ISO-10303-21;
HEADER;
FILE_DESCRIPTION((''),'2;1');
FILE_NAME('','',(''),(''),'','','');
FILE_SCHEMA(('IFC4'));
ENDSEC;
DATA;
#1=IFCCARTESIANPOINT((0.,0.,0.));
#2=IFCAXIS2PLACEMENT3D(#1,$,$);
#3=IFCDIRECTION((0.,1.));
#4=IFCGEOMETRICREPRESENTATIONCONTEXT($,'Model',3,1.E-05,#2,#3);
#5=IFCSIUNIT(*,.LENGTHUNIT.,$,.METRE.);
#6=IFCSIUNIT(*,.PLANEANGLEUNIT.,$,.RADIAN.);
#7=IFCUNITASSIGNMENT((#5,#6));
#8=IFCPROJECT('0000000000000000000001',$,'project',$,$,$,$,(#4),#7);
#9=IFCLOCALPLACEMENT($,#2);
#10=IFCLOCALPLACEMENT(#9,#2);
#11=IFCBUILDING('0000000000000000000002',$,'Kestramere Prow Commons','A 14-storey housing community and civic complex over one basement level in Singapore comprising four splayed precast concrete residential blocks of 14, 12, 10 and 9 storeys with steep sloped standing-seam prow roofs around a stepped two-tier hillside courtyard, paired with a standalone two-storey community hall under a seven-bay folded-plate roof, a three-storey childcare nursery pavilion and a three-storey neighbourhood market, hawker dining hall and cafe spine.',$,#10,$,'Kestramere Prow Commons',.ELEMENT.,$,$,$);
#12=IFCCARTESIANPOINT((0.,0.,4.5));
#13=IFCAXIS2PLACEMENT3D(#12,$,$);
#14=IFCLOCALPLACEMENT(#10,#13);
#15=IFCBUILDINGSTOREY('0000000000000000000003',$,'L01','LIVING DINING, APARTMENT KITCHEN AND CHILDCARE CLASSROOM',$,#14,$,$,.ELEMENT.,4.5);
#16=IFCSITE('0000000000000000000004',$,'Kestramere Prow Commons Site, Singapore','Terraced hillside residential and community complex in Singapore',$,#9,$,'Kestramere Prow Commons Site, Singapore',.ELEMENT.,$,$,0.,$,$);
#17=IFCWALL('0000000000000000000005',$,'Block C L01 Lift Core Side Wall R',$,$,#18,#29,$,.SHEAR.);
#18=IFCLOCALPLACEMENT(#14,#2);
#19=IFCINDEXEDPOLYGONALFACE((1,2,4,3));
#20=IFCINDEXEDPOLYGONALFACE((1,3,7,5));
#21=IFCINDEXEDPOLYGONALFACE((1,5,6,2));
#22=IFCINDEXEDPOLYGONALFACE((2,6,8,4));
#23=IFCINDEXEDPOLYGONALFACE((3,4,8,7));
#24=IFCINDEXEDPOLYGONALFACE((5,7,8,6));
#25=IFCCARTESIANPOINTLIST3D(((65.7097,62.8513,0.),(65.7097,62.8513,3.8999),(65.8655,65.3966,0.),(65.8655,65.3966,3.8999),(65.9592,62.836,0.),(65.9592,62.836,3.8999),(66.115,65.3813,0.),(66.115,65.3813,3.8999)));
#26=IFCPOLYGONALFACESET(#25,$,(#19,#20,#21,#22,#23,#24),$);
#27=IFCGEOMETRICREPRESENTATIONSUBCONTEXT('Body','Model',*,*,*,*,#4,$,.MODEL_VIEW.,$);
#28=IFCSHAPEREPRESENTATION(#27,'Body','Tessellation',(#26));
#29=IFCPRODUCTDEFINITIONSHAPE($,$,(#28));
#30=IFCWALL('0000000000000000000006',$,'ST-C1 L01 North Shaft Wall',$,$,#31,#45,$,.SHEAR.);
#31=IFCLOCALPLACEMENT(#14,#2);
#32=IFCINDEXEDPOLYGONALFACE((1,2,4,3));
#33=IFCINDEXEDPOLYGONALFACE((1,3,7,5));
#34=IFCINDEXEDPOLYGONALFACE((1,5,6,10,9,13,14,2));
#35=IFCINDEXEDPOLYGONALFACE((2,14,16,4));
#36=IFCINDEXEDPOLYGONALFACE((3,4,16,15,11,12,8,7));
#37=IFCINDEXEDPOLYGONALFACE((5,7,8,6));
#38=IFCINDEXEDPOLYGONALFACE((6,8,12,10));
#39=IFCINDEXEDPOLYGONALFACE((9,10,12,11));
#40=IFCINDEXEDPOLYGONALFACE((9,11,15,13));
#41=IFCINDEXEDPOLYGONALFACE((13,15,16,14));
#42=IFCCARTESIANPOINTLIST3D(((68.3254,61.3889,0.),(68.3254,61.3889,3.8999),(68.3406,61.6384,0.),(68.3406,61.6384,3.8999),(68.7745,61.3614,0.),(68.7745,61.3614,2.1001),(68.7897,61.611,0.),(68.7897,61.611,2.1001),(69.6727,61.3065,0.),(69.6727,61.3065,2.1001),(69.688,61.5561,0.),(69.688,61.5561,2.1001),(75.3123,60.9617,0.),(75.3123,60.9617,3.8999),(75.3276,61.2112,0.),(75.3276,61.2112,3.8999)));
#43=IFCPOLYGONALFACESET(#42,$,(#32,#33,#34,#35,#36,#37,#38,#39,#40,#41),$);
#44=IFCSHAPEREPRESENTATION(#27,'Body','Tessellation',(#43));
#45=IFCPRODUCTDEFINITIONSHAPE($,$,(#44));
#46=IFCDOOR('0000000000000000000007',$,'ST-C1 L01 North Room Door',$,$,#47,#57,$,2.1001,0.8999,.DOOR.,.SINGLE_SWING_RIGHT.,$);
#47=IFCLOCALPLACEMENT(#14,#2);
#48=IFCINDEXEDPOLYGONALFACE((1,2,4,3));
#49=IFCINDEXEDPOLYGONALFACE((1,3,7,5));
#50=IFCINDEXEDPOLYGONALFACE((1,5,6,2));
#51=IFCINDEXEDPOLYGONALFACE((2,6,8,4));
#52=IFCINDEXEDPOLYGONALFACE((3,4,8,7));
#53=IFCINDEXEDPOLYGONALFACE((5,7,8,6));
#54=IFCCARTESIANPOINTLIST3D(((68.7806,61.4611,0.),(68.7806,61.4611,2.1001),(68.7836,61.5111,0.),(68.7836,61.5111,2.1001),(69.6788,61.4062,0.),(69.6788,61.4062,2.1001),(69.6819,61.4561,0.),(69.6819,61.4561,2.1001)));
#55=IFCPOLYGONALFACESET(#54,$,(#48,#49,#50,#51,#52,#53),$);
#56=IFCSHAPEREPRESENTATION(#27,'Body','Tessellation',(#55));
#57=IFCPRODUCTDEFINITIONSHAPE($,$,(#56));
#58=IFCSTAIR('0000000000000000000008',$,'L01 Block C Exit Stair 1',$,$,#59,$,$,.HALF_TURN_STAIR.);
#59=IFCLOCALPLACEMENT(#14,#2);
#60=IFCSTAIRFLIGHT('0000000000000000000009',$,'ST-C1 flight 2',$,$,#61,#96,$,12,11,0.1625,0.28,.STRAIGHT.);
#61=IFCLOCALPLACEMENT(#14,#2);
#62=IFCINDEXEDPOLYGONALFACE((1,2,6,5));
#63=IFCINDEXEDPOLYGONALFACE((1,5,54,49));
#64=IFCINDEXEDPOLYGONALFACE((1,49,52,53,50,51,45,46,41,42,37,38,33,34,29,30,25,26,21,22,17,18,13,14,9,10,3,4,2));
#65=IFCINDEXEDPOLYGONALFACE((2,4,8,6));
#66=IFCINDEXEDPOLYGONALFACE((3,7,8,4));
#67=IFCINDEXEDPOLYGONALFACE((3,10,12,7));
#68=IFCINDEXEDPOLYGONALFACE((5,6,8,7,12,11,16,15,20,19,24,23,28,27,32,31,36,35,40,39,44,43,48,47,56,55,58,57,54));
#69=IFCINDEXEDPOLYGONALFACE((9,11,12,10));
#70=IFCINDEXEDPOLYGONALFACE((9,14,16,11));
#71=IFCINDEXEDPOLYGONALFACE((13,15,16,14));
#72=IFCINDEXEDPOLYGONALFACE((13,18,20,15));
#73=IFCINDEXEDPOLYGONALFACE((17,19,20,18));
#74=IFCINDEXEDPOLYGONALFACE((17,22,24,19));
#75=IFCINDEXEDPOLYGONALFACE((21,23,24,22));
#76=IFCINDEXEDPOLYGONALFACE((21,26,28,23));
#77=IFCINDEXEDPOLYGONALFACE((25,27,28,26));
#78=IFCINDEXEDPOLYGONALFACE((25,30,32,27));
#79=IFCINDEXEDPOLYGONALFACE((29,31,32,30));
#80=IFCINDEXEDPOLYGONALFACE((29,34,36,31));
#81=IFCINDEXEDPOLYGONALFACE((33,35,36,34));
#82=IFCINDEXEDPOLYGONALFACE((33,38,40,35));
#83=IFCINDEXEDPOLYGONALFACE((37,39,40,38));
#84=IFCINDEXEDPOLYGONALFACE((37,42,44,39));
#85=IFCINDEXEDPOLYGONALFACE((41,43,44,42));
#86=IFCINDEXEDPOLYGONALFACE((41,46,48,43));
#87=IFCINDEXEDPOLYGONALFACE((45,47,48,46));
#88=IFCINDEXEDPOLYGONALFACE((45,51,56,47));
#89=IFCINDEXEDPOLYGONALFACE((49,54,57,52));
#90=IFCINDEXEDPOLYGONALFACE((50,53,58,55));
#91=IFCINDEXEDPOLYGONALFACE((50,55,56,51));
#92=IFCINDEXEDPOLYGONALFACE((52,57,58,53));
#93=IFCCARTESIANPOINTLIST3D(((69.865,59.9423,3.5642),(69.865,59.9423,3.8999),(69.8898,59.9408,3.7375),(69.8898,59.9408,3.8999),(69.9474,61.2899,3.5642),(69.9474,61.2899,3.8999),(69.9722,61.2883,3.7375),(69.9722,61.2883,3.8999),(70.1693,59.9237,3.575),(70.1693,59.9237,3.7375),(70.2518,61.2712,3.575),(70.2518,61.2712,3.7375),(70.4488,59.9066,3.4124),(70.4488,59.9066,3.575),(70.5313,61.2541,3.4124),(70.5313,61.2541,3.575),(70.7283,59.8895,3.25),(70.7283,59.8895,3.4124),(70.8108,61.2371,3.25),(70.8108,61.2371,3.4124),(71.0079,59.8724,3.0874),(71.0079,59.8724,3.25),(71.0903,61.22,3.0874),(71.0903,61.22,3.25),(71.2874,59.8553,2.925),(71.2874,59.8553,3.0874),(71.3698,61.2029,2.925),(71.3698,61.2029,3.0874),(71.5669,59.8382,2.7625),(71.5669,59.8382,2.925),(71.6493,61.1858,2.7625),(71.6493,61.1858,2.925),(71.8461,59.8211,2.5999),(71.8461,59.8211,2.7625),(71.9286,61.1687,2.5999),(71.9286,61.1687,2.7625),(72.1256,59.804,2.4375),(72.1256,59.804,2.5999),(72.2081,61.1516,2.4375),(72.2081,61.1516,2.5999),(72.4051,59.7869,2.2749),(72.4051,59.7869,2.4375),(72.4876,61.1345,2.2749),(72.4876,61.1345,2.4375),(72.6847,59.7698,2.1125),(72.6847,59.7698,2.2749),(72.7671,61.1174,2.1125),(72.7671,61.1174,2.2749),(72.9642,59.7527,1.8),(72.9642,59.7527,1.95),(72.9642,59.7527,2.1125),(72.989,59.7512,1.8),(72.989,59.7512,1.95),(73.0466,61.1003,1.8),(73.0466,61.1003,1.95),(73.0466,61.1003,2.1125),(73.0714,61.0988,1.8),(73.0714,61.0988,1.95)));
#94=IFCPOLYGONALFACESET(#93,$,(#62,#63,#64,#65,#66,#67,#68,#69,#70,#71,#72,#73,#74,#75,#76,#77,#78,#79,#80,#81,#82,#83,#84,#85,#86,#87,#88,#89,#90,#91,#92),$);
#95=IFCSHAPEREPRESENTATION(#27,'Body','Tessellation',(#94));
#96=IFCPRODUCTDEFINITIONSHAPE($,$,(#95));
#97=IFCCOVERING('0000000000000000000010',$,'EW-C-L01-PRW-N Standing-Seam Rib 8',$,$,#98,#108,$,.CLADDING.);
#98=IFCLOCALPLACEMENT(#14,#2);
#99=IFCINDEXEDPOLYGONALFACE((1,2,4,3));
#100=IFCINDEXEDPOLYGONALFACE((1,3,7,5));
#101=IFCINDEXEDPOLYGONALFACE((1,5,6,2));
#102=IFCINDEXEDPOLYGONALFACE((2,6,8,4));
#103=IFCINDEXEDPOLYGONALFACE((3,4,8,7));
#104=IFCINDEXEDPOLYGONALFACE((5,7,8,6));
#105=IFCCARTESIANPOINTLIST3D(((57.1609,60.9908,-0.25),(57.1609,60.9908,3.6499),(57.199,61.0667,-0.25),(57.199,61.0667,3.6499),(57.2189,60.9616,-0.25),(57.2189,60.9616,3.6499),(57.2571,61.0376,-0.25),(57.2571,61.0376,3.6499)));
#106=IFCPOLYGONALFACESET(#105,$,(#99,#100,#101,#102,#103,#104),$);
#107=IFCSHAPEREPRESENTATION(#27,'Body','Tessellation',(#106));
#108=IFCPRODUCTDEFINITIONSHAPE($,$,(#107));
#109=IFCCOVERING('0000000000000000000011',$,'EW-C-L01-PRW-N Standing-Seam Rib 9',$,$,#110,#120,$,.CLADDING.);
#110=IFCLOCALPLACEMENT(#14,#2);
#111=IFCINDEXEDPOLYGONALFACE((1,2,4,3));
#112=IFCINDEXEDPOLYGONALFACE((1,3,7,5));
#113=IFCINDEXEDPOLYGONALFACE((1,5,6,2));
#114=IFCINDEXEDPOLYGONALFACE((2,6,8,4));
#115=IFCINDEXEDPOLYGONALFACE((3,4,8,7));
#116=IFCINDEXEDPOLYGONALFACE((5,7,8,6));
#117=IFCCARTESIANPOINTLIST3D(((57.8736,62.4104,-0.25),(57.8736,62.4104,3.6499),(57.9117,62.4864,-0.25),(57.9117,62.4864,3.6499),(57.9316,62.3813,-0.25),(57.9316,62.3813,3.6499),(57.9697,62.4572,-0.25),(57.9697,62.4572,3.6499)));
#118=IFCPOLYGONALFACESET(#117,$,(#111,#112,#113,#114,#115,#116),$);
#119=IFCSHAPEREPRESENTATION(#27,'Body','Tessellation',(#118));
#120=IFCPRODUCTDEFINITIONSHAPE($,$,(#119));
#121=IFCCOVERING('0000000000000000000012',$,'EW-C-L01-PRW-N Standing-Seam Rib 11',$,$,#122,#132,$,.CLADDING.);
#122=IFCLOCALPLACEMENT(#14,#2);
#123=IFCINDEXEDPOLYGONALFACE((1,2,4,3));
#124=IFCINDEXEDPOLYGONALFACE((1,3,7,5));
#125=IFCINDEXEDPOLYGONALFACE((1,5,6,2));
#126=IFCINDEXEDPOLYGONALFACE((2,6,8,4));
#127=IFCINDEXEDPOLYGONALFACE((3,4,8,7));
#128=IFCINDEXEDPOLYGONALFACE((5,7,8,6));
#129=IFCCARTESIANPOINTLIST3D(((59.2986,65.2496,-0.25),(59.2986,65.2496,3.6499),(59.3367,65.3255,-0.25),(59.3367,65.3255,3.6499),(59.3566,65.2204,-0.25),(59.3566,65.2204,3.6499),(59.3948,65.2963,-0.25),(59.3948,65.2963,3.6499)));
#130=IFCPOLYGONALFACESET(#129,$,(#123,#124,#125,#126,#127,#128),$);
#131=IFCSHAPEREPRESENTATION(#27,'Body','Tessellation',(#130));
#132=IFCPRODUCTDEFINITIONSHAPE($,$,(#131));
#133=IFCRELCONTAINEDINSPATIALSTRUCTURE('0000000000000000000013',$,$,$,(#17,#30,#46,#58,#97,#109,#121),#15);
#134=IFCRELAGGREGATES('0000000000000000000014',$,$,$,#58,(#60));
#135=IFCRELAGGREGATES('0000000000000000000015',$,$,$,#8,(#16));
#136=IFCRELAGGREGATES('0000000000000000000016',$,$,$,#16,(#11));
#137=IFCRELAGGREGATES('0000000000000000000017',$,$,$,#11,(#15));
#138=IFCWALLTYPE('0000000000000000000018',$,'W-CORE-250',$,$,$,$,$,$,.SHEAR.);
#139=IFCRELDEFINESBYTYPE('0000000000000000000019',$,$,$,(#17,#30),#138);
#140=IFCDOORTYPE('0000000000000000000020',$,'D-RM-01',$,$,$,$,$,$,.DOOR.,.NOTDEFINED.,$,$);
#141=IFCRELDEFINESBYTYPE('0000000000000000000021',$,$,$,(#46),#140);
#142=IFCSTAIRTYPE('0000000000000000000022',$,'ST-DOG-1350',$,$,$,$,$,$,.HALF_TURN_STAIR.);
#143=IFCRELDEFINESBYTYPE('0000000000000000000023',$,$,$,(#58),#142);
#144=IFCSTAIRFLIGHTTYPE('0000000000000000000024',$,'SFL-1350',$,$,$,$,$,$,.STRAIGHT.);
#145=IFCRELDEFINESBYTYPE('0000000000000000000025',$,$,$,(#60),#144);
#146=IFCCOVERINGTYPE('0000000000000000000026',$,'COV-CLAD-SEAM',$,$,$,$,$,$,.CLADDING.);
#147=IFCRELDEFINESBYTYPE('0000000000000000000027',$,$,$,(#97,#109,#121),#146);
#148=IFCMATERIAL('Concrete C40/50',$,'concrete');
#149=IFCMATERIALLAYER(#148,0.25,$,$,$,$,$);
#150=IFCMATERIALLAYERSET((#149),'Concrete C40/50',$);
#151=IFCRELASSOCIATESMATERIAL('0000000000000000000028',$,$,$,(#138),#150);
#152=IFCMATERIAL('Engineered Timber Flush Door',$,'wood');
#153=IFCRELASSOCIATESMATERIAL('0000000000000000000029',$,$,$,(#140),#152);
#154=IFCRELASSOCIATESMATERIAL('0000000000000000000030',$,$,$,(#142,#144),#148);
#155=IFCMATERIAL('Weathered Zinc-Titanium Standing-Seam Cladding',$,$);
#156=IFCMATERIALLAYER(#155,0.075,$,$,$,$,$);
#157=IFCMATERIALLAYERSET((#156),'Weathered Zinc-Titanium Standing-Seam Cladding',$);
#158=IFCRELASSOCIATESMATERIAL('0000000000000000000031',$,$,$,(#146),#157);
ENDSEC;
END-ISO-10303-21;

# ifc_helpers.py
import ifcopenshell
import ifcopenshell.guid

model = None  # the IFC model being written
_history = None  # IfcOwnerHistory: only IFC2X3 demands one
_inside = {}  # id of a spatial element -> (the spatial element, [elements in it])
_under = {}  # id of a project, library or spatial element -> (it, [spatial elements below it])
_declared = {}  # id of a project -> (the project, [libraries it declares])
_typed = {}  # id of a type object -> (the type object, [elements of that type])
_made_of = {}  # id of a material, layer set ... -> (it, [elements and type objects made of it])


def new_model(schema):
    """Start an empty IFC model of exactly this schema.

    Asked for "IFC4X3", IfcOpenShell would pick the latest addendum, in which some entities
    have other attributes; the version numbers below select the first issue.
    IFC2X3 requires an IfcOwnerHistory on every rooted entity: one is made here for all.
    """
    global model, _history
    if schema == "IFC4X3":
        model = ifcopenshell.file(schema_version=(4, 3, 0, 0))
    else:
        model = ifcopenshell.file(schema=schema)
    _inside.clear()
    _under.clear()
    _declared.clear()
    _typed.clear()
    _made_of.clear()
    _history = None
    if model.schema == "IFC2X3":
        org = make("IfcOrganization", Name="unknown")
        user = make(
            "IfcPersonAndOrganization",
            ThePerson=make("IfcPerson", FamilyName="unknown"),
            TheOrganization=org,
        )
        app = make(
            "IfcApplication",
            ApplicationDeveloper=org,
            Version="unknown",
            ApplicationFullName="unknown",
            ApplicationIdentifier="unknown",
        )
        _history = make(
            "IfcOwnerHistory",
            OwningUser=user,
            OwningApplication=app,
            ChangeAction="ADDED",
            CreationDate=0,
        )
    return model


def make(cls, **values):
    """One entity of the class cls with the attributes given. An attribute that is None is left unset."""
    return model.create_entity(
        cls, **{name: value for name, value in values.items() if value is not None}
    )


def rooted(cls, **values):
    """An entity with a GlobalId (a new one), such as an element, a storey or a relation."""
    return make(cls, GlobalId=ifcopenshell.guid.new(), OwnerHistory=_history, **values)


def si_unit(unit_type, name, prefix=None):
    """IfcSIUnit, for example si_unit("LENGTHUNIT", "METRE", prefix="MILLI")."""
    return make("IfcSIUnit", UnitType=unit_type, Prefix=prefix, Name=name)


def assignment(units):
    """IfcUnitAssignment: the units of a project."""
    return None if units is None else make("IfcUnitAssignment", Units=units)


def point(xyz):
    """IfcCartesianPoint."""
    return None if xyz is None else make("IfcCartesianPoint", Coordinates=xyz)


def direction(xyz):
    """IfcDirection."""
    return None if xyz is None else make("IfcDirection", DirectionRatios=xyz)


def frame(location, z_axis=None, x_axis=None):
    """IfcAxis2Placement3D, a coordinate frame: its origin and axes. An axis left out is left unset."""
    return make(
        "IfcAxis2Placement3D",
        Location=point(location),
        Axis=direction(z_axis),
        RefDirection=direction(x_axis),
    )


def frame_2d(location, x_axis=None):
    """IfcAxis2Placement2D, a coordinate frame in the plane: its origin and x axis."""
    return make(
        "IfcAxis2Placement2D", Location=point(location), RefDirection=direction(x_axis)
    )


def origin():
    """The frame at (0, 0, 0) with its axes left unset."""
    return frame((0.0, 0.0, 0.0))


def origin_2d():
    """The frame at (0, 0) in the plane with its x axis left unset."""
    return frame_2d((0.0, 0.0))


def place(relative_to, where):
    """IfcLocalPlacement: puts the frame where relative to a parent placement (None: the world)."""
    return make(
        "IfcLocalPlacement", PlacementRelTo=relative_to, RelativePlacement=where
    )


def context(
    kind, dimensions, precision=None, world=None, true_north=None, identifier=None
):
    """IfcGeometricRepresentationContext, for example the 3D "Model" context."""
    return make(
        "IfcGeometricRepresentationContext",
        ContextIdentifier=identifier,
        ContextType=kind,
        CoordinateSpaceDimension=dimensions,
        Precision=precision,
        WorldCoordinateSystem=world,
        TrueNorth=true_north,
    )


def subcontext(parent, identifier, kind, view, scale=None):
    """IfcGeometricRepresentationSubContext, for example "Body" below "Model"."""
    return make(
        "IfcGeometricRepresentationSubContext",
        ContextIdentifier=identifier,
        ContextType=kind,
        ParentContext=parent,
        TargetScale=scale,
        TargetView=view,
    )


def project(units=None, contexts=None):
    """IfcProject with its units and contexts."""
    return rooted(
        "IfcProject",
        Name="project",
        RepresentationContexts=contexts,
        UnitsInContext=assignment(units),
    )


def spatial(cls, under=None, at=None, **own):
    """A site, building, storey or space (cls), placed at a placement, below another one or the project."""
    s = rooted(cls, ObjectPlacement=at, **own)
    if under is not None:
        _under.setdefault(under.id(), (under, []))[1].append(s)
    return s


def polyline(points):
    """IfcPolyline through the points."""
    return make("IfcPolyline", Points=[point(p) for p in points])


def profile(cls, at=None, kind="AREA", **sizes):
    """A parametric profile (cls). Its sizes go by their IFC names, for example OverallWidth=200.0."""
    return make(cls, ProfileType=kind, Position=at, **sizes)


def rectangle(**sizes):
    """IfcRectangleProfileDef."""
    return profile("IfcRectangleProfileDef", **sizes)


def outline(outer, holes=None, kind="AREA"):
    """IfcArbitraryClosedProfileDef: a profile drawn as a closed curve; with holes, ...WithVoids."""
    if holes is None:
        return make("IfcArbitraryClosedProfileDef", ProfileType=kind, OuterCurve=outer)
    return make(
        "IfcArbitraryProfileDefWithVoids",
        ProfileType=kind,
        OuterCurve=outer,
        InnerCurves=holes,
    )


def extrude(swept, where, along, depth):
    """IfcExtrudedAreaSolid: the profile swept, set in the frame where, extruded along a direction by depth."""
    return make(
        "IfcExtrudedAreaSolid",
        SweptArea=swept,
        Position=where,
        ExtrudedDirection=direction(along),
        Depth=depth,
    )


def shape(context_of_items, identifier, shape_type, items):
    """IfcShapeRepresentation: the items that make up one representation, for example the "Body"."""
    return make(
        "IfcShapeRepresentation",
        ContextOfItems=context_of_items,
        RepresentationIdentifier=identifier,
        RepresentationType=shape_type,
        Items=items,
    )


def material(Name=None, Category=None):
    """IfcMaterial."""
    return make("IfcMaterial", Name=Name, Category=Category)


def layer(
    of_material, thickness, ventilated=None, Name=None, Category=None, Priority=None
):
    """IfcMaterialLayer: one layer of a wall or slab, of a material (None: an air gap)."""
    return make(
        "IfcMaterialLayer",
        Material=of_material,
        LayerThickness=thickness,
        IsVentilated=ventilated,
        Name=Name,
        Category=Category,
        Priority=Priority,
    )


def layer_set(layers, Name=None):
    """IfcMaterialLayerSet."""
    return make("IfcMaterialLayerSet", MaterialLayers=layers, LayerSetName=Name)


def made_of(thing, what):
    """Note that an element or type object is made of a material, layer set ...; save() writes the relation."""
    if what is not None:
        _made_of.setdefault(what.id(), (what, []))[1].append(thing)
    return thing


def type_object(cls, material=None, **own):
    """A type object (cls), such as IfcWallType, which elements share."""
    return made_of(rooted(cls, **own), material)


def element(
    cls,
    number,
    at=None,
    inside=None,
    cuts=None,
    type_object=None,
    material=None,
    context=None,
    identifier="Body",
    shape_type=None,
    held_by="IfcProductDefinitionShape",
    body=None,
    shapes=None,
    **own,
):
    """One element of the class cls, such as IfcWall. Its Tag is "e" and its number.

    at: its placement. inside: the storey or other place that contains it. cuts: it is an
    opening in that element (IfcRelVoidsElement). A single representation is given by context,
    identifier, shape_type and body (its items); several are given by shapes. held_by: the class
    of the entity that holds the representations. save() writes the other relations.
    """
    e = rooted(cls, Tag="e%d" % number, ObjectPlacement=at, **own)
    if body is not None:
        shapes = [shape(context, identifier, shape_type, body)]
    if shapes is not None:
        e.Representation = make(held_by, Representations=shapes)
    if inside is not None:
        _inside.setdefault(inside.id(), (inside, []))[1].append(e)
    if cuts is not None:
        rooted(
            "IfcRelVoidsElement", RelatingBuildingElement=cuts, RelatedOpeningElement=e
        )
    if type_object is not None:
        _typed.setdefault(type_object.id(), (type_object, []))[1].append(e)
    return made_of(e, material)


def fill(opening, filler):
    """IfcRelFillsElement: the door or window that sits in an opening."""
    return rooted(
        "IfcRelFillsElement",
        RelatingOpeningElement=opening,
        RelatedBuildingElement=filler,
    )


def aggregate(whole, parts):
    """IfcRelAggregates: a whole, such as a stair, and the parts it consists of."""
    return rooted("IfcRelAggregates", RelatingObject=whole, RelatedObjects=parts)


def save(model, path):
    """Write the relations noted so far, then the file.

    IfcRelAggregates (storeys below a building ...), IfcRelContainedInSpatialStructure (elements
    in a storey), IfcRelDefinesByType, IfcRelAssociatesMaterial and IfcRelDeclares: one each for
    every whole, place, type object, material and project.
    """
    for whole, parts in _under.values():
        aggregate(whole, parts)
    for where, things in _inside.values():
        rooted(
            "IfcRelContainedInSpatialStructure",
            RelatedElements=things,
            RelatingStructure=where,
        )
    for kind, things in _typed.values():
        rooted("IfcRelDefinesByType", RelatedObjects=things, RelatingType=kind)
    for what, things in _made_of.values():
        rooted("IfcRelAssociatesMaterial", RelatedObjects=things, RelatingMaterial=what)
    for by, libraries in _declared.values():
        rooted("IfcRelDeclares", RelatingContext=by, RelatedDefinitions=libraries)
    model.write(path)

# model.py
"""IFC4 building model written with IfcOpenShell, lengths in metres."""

from ifc_helpers import new_model, si_unit, direction, frame, frame_2d, origin, origin_2d, place, context, subcontext, project, spatial, polyline, rectangle, outline, extrude, material, layer, layer_set, type_object, element, fill, aggregate, save


model = new_model("IFC4")

# Units and contexts
model_context = context("Model", 3, precision=1e-05, world=origin(), true_north=direction((0.0, 1.0)))
body_context = subcontext(model_context, "Body", "Model", "MODEL_VIEW")
ifc_project = project(units=[si_unit("LENGTHUNIT", "METRE"), si_unit("PLANEANGLEUNIT", "RADIAN")], contexts=[model_context])

# Site, building, storey
site_placement = place(None, origin())
site = spatial("IfcSite", under=ifc_project, at=site_placement, Name="Kestramere Prow Commons Site, Singapore", Description="Terraced hillside residential and community complex in Singapore", LongName="Kestramere Prow Commons Site, Singapore", CompositionType="ELEMENT", RefElevation=0.0)
building_placement = place(site_placement, origin())
building = spatial("IfcBuilding", under=site, at=building_placement, Name="Kestramere Prow Commons", Description="A 14-storey housing community and civic complex over one basement level in Singapore comprising four splayed precast concrete residential blocks of 14, 12, 10 and 9 storeys with steep sloped standing-seam prow roofs around a stepped two-tier hillside courtyard, paired with a standalone two-storey community hall under a seven-bay folded-plate roof, a three-storey childcare nursery pavilion and a three-storey neighbourhood market, hawker dining hall and cafe spine.", LongName="Kestramere Prow Commons", CompositionType="ELEMENT")
storey_placement = place(building_placement, frame((0.0, 0.0, 4.5)))
storey = spatial("IfcBuildingStorey", under=building, at=storey_placement, Name="L01", Description="LIVING DINING, APARTMENT KITCHEN AND CHILDCARE CLASSROOM", CompositionType="ELEMENT", Elevation=4.5)

# Shared definitions
ifc_material_1 = material(Name="Concrete C40/50", Category="concrete")
ifc_layer_1 = layer(ifc_material_1, 0.25)
ifc_layer_set_1 = layer_set([ifc_layer_1], Name="Concrete C40/50")
wall_type_1 = type_object("IfcWallType", Name="W-CORE-250", PredefinedType="SHEAR", material=ifc_layer_set_1)

# Wall
wall_1_placement = place(storey_placement, frame((65.8345, 62.8438, 0.0), z_axis=(0.0, 0.0, 1.0), x_axis=(0.061085, 0.998133, 0.0)))
element("IfcWall", 1, at=wall_1_placement, inside=storey, type_object=wall_type_1, Name="Block C L01 Lift Core Side Wall R", PredefinedType="SHEAR", context=body_context, shape_type="SweptSolid", body=[
    extrude(rectangle(XDim=2.55, YDim=0.25, at=frame_2d((1.2749, 0.0))), origin(), (0.0, 0.0, 1.0), 3.8999),
])

# Wall, opening, door
wall_2_placement = place(storey_placement, frame((68.333, 61.5137, 0.0), z_axis=(0.0, 0.0, 1.0), x_axis=(0.998136, -0.061034, 0.0)))
wall_2 = element("IfcWall", 2, at=wall_2_placement, inside=storey, type_object=wall_type_1, Name="ST-C1 L01 North Shaft Wall", PredefinedType="SHEAR", context=body_context, shape_type="SweptSolid", body=[
    extrude(rectangle(XDim=7.0, YDim=0.25, at=frame_2d((3.5, 0.0))), origin(), (0.0, 0.0, 1.0), 3.8999),
])
opening_1_placement = place(wall_2_placement, frame((0.45, 0.0, 0.0)))
opening_1 = element("IfcOpeningElement", 3, at=opening_1_placement, cuts=wall_2, PredefinedType="OPENING", context=body_context, shape_type="SweptSolid", body=[
    extrude(rectangle(XDim=0.8999, YDim=2.1001, at=frame_2d((0.45, 1.05))), frame((0.0, 0.1399, 0.0), z_axis=(0.0, -1.0, 0.0), x_axis=(1.0, 0.0, 0.0)), (0.0, 0.0, 1.0), 0.28),
])
ifc_material_2 = material(Name="Engineered Timber Flush Door", Category="wood")
door_type_1 = type_object("IfcDoorType", Name="D-RM-01", OperationType="NOTDEFINED", PredefinedType="DOOR", material=ifc_material_2)
door_1_placement = place(opening_1_placement, origin())
door_1 = element("IfcDoor", 4, at=door_1_placement, inside=storey, type_object=door_type_1, Name="ST-C1 L01 North Room Door", OperationType="SINGLE_SWING_RIGHT", OverallHeight=2.1001, OverallWidth=0.8999, PredefinedType="DOOR", context=body_context, shape_type="SweptSolid", body=[
    extrude(rectangle(XDim=0.8999, YDim=2.1001, at=frame_2d((0.45, 1.05))), frame((0.0, 0.0249, 0.0), z_axis=(0.0, -1.0, 0.0), x_axis=(1.0, 0.0, 0.0)), (0.0, 0.0, 1.0), 0.05),
])
fill(opening_1, door_1)

# Stair, stair flight
stair_type = type_object("IfcStairType", Name="ST-DOG-1350", PredefinedType="HALF_TURN_STAIR", material=ifc_material_1)
stair_placement = place(storey_placement, origin())
stair = element("IfcStair", 5, at=stair_placement, inside=storey, type_object=stair_type, Name="L01 Block C Exit Stair 1", PredefinedType="HALF_TURN_STAIR")
stair_flight_type = type_object("IfcStairFlightType", Name="SFL-1350", PredefinedType="STRAIGHT", material=ifc_material_1)
stair_flight_placement = place(storey_placement, frame((73.0054, 60.4265, 1.95), z_axis=(0.0, 0.0, 1.0), x_axis=(-0.998135, 0.061049, 0.0)))
stair_flight = element("IfcStairFlight", 6, at=stair_flight_placement, type_object=stair_flight_type, Name="ST-C1 flight 2", NumberOfRisers=12, NumberOfTreads=11, PredefinedType="STRAIGHT", RiserHeight=0.1625, TreadLength=0.28, context=body_context, shape_type="SweptSolid", body=[
    extrude(outline(polyline([(-0.0249, 0.0), (0.0, 0.0), (0.0, 0.1626), (0.28, 0.1626), (0.28, 0.325), (0.5601, 0.325), (0.5601, 0.4875), (0.8401, 0.4875), (0.8401, 0.6499), (1.1201, 0.6499), (1.1201, 0.8125), (1.3999, 0.8125), (1.3999, 0.9751), (1.6799, 0.9751), (1.6799, 1.1375), (1.96, 1.1375), (1.96, 1.3), (2.24, 1.3), (2.24, 1.4624), (2.52, 1.4624), (2.52, 1.625), (2.8, 1.625), (2.8, 1.7876), (3.0801, 1.7876), (3.0801, 1.95), (3.105, 1.95), (3.105, 1.6143), (0.0, -0.1499), (-0.0249, -0.1499), (-0.0249, 0.0)])), frame((0.0, 0.675, 0.0), z_axis=(0.0, -1.0, 0.0), x_axis=(1.0, 0.0, 0.0)), (0.0, 0.0, 1.0), 1.3501),
])
aggregate(stair, [stair_flight])

# Coverings
ifc_material_3 = material(Name="Weathered Zinc-Titanium Standing-Seam Cladding")
ifc_layer_2 = layer(ifc_material_3, 0.075)
ifc_layer_set_2 = layer_set([ifc_layer_2], Name="Weathered Zinc-Titanium Standing-Seam Cladding")
covering_type = type_object("IfcCoveringType", Name="COV-CLAD-SEAM", PredefinedType="CLADDING", material=ifc_layer_set_2)
for number, where, z_axis, x_axis, name in (
    (7, (57.209, 61.0142, -0.25), (0.0, 0.0, 1.0), (0.44862, 0.893722, 0.0), "EW-C-L01-PRW-N Standing-Seam Rib 8"),
    (8, (57.9216, 62.4338, -0.25), (0.0, 0.0, 1.0), (0.44862, 0.893722, 0.0), "EW-C-L01-PRW-N Standing-Seam Rib 9"),
    (9, (59.3467, 65.2729, -0.25), (0.0, 0.0, 1.0), (0.44862, 0.893722, 0.0), "EW-C-L01-PRW-N Standing-Seam Rib 11"),
):
    element("IfcCovering", number, at=place(storey_placement, frame(where, z_axis=z_axis, x_axis=x_axis)), inside=storey, type_object=covering_type, Name=name, PredefinedType="CLADDING", context=body_context, shape_type="SweptSolid", body=[
        extrude(rectangle(XDim=0.085, YDim=0.0649, at=origin_2d()), origin(), (0.0, 0.0, 1.0), 3.8999),
    ])

save(model, "model.ifc")
